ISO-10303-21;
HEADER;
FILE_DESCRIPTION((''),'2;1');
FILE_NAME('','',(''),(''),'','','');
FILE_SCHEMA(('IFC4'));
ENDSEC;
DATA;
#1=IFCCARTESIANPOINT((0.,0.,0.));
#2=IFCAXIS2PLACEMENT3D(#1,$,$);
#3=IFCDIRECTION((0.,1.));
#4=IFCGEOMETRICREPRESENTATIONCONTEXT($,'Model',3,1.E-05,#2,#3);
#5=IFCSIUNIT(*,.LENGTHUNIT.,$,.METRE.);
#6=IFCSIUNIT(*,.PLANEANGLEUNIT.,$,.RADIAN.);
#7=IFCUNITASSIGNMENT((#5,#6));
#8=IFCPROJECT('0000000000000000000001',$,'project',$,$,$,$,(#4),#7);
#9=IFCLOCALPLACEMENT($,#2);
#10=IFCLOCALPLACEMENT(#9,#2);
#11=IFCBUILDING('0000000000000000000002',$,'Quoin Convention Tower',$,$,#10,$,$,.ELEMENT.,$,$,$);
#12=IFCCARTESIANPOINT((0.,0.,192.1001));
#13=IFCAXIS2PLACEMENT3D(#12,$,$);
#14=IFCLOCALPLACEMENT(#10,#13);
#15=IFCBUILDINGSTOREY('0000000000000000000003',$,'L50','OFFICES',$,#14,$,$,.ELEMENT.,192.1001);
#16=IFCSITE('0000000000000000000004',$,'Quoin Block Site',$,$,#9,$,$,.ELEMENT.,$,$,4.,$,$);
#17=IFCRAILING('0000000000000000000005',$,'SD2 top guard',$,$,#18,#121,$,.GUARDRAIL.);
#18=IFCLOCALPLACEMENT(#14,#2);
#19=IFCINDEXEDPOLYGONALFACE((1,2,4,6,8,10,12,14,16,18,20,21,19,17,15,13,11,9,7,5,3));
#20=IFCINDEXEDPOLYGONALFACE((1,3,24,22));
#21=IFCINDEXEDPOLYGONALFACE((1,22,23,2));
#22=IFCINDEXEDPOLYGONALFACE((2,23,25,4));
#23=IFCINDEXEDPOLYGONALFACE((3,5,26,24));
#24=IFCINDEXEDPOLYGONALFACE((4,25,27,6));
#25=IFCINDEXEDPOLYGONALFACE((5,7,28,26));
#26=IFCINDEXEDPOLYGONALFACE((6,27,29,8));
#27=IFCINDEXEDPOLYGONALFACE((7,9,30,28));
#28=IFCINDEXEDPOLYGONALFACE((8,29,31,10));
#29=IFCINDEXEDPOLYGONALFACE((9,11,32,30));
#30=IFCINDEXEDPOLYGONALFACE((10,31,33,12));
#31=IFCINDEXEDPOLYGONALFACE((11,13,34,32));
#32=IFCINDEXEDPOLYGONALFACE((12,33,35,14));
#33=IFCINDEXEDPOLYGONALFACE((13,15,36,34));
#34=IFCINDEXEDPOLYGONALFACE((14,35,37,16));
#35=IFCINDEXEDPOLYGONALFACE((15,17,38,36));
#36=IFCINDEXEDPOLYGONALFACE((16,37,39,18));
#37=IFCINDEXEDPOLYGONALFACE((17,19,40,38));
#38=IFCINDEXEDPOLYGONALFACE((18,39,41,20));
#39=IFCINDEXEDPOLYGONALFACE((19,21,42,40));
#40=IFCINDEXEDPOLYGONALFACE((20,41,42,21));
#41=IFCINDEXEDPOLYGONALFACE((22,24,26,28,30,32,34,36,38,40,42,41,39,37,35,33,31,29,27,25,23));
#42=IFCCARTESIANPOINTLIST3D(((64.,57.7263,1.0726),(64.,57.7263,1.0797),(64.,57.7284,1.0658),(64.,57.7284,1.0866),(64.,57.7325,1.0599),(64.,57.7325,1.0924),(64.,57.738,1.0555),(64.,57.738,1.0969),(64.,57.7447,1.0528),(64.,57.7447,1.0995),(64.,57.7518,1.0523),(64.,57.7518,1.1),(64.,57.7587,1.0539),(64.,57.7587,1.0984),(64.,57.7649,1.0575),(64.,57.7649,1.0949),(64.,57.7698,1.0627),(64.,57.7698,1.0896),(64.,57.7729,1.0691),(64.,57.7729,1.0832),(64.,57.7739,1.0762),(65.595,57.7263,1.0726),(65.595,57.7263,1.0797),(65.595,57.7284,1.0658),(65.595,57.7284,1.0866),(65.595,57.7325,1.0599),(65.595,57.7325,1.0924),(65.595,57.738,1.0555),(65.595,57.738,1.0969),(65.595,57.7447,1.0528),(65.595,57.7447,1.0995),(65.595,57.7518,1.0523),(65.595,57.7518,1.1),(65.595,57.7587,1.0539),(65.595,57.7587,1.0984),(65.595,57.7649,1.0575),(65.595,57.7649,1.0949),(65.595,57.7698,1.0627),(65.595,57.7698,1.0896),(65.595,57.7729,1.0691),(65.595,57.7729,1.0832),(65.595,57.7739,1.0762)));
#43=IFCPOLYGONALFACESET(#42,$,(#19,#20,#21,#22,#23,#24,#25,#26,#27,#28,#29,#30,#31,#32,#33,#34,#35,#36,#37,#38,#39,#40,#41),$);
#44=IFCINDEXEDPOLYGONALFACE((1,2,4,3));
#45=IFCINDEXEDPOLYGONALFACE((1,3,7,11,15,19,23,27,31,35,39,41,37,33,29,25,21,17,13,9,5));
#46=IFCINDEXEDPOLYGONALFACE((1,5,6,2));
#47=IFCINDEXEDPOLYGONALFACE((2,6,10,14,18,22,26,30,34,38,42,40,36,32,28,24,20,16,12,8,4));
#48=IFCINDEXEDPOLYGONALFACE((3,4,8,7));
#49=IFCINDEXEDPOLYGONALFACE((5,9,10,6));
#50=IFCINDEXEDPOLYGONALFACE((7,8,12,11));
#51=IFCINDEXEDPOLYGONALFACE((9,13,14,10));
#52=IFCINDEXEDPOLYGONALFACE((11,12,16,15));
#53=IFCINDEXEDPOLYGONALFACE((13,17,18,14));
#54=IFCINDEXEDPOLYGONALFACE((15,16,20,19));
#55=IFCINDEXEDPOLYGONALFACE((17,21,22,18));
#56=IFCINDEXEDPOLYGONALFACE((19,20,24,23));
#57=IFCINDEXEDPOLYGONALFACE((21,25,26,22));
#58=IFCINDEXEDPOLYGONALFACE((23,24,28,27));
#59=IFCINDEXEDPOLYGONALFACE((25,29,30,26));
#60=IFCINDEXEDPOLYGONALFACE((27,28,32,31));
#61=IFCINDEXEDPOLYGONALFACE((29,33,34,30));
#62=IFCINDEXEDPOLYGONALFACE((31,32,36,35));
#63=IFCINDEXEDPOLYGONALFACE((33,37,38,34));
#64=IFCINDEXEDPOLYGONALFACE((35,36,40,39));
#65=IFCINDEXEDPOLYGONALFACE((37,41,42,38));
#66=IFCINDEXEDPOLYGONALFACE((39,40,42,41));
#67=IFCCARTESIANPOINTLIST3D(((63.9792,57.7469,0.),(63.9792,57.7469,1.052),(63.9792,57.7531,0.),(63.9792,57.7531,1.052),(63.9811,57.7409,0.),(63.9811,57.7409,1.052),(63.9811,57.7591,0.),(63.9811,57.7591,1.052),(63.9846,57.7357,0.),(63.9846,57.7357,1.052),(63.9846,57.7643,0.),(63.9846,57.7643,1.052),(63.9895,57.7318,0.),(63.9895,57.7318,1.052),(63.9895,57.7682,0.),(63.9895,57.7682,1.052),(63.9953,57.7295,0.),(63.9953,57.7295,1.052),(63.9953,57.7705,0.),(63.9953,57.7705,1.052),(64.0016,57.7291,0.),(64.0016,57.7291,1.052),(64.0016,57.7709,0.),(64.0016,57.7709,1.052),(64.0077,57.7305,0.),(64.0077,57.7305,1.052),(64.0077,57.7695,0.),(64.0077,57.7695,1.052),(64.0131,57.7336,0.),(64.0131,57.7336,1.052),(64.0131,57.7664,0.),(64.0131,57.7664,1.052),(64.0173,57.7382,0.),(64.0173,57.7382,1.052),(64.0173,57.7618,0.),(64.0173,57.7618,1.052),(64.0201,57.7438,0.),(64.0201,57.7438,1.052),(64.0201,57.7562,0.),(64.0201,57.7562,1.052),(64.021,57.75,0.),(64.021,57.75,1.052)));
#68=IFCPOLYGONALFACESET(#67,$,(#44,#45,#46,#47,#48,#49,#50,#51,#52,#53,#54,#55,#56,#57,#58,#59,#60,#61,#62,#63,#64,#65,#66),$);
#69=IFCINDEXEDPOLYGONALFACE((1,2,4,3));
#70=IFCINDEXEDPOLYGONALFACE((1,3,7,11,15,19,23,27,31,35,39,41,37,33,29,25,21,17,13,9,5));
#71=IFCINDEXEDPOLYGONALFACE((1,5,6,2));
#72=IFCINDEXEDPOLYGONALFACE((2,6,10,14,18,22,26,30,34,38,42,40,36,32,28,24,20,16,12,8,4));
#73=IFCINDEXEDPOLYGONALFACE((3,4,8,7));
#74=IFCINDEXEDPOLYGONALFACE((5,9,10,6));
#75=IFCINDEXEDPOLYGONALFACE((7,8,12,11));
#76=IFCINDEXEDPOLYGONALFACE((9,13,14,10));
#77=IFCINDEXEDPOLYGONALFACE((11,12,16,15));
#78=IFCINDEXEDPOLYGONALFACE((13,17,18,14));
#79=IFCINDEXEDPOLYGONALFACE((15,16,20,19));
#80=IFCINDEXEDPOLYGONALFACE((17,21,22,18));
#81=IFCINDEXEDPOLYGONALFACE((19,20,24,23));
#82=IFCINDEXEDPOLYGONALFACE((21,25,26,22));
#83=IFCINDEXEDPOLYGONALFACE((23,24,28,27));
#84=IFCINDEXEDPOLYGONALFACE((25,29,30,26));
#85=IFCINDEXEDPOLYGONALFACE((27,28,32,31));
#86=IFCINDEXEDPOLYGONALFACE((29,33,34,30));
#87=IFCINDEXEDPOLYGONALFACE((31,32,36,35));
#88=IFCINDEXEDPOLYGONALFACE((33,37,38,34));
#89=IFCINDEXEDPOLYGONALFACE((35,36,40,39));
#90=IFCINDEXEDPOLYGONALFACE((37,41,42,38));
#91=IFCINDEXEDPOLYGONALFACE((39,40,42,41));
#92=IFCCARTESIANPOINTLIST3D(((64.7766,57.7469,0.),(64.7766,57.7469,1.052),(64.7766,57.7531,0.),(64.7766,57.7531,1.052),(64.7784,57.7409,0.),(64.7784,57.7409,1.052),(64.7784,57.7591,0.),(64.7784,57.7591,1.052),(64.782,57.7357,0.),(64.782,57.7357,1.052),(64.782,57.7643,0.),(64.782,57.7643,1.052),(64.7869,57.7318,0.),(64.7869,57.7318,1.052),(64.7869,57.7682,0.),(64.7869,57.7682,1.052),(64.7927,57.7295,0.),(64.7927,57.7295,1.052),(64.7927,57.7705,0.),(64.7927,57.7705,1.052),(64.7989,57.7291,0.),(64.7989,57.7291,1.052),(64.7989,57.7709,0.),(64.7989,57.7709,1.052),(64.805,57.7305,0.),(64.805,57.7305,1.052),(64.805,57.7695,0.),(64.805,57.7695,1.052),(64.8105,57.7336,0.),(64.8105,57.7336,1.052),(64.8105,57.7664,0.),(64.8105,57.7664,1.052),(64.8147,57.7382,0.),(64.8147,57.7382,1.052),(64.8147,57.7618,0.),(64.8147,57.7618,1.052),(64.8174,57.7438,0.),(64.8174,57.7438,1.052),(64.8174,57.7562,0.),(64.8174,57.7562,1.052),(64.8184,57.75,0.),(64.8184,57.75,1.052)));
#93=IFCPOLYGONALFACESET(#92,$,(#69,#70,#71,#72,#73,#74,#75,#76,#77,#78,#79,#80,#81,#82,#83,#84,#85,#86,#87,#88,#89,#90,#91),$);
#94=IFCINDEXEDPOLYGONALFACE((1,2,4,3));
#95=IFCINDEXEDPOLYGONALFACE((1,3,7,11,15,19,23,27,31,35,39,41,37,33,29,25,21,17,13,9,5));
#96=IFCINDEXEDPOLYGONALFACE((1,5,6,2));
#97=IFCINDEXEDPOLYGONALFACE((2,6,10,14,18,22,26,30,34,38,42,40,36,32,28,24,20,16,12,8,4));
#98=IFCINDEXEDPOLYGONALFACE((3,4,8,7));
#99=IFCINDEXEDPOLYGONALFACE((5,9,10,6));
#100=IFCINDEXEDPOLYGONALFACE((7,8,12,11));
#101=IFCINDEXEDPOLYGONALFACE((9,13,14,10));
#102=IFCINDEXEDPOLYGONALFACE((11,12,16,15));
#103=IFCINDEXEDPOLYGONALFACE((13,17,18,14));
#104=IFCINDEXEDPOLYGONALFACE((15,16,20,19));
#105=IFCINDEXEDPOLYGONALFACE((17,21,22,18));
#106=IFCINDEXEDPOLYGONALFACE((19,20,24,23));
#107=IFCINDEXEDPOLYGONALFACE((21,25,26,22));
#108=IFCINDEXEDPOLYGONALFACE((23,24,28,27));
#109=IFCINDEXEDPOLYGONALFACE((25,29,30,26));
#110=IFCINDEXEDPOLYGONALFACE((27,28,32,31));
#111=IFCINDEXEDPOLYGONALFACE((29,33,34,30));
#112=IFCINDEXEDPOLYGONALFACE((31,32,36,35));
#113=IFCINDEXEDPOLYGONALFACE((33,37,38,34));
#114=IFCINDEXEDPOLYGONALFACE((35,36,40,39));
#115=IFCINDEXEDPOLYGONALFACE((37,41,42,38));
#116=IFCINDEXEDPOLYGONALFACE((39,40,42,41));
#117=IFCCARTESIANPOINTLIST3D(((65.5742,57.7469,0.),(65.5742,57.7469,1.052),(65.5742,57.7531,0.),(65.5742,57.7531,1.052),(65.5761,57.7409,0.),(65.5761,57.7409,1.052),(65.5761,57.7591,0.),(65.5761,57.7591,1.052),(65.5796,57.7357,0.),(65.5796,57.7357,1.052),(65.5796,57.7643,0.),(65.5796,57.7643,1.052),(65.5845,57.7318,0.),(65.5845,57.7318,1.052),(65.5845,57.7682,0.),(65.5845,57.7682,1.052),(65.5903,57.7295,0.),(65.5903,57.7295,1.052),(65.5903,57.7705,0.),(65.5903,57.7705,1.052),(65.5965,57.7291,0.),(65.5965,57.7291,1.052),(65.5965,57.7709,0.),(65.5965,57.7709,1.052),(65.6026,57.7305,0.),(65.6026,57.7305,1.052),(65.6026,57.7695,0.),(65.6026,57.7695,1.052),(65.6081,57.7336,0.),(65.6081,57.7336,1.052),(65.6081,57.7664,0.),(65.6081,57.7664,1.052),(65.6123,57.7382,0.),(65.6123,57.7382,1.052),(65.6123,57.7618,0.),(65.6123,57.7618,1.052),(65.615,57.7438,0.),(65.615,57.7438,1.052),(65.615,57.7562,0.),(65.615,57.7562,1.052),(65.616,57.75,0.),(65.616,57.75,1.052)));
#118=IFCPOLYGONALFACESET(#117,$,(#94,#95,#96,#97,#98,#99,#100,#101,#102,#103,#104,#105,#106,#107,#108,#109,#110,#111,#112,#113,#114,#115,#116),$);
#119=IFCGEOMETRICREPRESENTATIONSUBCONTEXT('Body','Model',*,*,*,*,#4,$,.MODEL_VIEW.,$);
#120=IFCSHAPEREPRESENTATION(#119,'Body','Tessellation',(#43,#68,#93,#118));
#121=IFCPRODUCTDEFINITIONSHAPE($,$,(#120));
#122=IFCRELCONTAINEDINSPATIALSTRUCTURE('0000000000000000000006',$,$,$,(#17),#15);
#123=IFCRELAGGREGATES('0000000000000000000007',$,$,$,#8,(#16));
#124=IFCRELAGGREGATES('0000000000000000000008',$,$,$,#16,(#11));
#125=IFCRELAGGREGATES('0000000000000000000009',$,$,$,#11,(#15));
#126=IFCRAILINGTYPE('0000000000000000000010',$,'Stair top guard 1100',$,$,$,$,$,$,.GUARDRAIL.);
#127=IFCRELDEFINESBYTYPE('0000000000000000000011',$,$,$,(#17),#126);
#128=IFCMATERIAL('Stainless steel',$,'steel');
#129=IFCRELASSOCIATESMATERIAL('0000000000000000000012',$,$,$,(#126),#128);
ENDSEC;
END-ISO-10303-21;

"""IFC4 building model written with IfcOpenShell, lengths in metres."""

from ifc_helpers import new_model, si_unit, direction, frame, origin, origin_2d, place, context, subcontext, project, spatial, circle, extrude, material, type_object, element, save


model = new_model("IFC4")

# Units and contexts
model_context = context("Model", 3, precision=1e-05, world=origin(), true_north=direction((0.0, 1.0)))
body_context = subcontext(model_context, "Body", "Model", "MODEL_VIEW")
ifc_project = project(units=[si_unit("LENGTHUNIT", "METRE"), si_unit("PLANEANGLEUNIT", "RADIAN")], contexts=[model_context])

# Site, building, storey
site_placement = place(None, origin())
site = spatial("IfcSite", under=ifc_project, at=site_placement, Name="Quoin Block Site", CompositionType="ELEMENT", RefElevation=4.0)
building_placement = place(site_placement, origin())
building = spatial("IfcBuilding", under=site, at=building_placement, Name="Quoin Convention Tower", CompositionType="ELEMENT")
storey_placement = place(building_placement, frame((0.0, 0.0, 192.1001)))
storey = spatial("IfcBuildingStorey", under=building, at=storey_placement, Name="L50", Description="OFFICES", CompositionType="ELEMENT", Elevation=192.1001)

# Railing
ifc_material_1 = material(Name="Stainless steel", Category="steel")
railing_type = type_object("IfcRailingType", Name="Stair top guard 1100", PredefinedType="GUARDRAIL", material=ifc_material_1)
railing_placement = place(storey_placement, frame((64.0, 57.75, 0.0)))
element("IfcRailing", 1, at=railing_placement, inside=storey, type_object=railing_type, Name="SD2 top guard", PredefinedType="GUARDRAIL", context=body_context, shape_type="SweptSolid", body=[
    extrude(circle(Radius=0.0239, at=origin_2d()), frame((0.0, 0.0, 1.0762), z_axis=(1.0, 0.0, 0.0), x_axis=(0.0, 1.0, 0.0)), (0.0, 0.0, 1.0), 1.595),
    extrude(circle(Radius=0.021, at=origin_2d()), origin(), (0.0, 0.0, 1.0), 1.052),
    extrude(circle(Radius=0.021, at=origin_2d()), frame((0.7974, 0.0, 0.0)), (0.0, 0.0, 1.0), 1.052),
    extrude(circle(Radius=0.021, at=origin_2d()), frame((1.595, 0.0, 0.0)), (0.0, 0.0, 1.0), 1.052),
])

save(model, "model.ifc")
